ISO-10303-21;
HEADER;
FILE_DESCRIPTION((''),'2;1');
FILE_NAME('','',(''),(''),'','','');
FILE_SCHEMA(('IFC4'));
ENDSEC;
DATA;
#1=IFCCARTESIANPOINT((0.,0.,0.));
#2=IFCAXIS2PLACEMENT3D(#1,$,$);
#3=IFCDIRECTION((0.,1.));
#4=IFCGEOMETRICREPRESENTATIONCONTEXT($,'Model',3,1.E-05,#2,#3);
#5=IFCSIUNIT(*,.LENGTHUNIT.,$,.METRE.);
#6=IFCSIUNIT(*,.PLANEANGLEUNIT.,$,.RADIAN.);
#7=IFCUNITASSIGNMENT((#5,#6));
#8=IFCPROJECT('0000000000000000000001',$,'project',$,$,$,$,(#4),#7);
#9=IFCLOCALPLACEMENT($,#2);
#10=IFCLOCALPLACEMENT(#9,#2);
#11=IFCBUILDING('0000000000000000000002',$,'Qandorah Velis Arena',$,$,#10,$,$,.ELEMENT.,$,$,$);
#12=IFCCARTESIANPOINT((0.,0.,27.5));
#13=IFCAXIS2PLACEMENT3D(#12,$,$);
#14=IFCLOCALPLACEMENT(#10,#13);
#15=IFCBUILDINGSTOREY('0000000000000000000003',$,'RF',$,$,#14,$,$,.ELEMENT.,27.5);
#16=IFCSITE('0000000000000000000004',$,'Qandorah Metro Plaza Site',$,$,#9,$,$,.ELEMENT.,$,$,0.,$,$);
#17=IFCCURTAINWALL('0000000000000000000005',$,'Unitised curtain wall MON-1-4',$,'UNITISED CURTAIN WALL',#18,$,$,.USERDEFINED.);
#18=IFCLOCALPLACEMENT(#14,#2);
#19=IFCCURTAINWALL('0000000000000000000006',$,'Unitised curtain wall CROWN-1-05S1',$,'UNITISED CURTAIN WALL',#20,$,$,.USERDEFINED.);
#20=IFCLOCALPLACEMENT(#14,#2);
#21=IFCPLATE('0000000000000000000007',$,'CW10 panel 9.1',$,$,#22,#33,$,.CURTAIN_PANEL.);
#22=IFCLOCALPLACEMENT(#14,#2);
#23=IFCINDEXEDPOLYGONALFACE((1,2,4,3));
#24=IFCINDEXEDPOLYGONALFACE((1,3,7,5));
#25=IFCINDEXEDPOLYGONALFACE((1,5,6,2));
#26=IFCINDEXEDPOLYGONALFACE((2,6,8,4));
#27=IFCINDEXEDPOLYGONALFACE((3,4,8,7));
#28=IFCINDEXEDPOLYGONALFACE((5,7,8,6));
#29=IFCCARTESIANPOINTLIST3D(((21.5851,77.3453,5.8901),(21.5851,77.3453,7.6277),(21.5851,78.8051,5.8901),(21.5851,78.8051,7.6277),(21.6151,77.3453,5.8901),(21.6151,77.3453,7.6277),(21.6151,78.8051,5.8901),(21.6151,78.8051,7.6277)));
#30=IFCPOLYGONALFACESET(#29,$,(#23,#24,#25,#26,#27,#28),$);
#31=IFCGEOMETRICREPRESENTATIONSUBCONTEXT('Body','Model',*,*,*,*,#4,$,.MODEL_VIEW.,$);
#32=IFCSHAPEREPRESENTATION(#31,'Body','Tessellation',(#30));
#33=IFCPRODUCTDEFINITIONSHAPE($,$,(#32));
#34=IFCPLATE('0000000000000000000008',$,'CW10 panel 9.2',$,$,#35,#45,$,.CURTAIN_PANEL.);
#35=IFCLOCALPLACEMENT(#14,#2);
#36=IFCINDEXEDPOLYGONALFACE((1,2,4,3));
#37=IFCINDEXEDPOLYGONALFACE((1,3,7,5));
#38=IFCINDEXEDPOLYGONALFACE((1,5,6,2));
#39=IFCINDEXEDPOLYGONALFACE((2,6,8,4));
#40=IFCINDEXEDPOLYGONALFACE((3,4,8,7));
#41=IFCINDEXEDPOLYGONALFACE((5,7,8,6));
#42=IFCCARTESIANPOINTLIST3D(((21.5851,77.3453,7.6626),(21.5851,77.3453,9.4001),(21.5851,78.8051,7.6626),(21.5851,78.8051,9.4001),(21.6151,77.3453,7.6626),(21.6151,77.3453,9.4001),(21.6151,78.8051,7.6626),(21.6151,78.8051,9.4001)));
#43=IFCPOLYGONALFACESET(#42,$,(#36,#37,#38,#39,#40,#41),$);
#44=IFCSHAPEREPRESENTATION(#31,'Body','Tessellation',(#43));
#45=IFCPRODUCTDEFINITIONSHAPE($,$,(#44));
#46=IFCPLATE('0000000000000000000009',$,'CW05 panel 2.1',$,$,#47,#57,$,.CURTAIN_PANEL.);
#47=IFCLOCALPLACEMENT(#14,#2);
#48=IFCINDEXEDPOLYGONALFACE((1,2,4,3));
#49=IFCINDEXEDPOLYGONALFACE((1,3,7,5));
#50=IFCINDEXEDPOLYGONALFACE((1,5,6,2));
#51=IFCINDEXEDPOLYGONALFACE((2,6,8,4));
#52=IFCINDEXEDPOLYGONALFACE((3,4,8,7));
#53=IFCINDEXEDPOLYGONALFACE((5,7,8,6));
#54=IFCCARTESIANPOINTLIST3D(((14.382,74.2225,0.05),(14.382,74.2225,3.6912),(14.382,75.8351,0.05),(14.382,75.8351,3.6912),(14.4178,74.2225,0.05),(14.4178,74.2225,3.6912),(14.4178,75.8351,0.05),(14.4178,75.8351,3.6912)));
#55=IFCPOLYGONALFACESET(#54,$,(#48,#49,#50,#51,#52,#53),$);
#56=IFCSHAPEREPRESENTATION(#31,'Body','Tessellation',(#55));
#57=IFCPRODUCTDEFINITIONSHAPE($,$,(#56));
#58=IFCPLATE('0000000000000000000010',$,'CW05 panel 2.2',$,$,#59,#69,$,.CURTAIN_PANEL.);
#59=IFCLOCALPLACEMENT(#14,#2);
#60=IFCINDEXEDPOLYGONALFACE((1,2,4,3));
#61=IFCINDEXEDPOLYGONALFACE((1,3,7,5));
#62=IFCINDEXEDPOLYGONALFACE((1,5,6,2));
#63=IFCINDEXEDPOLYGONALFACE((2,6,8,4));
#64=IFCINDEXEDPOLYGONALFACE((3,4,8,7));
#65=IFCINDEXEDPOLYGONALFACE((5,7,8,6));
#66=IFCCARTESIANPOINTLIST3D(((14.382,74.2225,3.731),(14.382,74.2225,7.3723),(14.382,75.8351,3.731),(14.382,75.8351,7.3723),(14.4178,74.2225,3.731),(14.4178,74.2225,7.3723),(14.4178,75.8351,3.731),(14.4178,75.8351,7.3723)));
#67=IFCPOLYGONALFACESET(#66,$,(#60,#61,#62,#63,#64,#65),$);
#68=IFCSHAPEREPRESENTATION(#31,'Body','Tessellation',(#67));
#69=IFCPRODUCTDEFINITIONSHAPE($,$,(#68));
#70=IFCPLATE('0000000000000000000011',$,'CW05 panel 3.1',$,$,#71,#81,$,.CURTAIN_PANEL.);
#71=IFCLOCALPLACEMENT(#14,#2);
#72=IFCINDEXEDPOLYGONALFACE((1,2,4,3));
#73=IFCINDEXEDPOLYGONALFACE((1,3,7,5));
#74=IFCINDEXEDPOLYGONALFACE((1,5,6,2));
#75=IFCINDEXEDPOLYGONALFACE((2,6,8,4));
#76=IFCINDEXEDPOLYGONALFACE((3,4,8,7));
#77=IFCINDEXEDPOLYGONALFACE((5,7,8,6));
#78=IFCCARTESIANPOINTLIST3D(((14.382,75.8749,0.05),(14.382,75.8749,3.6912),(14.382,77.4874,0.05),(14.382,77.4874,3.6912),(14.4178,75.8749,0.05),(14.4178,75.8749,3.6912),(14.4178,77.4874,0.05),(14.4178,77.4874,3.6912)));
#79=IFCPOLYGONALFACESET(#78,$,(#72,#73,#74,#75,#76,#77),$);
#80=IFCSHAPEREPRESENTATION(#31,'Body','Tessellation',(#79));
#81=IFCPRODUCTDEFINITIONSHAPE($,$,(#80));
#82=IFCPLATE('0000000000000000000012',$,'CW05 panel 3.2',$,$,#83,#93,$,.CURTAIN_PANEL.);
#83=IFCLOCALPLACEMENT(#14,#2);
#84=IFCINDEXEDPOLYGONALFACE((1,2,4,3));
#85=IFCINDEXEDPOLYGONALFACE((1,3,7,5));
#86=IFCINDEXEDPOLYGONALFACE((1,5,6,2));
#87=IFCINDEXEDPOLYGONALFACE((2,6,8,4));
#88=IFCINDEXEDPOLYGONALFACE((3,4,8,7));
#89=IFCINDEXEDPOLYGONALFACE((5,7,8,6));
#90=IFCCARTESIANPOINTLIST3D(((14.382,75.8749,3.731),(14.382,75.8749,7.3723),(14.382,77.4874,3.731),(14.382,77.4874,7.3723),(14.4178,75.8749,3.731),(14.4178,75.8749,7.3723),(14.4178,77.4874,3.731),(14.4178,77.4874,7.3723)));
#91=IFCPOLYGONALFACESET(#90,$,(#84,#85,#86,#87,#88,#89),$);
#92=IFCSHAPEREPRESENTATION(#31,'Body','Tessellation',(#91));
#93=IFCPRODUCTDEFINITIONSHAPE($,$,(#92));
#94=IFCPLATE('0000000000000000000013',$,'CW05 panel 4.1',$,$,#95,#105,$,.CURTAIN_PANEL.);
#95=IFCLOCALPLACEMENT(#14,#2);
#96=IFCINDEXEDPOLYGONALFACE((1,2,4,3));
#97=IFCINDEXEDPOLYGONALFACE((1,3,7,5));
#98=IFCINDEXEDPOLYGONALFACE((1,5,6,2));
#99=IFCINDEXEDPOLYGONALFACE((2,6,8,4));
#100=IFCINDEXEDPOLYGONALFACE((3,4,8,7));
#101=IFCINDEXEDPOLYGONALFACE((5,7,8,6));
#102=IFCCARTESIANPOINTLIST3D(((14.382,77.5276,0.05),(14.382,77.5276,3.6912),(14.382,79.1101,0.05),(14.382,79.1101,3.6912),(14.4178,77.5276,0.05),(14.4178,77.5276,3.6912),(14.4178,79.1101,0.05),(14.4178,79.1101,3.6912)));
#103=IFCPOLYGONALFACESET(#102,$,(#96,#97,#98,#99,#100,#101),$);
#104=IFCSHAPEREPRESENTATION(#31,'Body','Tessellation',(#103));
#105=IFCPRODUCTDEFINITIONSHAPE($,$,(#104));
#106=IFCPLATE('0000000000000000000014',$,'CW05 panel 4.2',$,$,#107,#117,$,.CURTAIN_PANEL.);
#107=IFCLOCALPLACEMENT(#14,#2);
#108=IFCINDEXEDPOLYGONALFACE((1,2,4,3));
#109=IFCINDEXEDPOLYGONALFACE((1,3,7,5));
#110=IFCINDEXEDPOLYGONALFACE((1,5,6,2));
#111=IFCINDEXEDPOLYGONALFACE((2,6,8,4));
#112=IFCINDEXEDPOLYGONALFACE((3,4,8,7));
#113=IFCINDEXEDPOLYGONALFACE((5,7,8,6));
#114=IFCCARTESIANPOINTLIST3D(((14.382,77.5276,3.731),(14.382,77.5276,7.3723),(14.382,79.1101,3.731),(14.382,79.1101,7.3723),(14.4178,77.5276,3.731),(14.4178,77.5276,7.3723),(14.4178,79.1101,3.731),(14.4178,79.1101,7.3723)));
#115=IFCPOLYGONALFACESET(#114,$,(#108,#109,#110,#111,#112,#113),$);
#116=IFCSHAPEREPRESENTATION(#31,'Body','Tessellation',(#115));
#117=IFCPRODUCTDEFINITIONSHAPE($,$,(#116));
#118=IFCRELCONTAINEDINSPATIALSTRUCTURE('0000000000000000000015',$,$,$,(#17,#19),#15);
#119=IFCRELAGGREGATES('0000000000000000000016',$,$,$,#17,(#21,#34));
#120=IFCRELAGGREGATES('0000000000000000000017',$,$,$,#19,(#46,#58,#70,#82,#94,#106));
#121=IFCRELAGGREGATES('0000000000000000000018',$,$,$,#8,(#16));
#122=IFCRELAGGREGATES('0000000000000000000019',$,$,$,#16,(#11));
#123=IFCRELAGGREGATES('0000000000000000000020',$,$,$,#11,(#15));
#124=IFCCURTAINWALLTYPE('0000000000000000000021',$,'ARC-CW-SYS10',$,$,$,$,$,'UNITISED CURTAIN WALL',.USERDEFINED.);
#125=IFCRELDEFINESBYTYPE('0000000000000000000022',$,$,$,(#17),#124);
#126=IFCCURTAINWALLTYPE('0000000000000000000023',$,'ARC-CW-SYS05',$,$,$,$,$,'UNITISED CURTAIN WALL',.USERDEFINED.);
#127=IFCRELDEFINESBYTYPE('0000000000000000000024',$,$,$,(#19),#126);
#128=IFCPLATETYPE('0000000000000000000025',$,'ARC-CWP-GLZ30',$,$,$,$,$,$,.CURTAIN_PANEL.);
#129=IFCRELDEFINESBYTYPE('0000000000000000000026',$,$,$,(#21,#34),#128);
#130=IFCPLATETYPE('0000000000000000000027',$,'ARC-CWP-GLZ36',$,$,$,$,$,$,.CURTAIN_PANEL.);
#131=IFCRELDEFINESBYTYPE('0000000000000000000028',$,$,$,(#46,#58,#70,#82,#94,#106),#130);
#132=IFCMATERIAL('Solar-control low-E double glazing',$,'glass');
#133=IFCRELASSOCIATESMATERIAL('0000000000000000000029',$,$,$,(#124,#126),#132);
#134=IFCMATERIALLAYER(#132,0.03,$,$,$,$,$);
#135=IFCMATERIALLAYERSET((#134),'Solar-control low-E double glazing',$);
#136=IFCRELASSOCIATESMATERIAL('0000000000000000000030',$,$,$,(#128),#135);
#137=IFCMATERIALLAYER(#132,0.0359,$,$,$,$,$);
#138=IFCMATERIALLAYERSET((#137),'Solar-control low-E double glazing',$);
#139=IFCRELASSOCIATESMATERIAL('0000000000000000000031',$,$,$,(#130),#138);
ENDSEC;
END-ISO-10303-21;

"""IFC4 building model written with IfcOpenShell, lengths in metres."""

from ifc_helpers import new_model, si_unit, direction, frame, origin, origin_2d, place, context, subcontext, project, spatial, rectangle, extrude, material, layer, layer_set, type_object, element, aggregate, save


model = new_model("IFC4")

# Units and contexts
model_context = context("Model", 3, precision=1e-05, world=origin(), true_north=direction((0.0, 1.0)))
body_context = subcontext(model_context, "Body", "Model", "MODEL_VIEW")
ifc_project = project(units=[si_unit("LENGTHUNIT", "METRE"), si_unit("PLANEANGLEUNIT", "RADIAN")], contexts=[model_context])

# Site, building, storey
site_placement = place(None, origin())
site = spatial("IfcSite", under=ifc_project, at=site_placement, Name="Qandorah Metro Plaza Site", CompositionType="ELEMENT", RefElevation=0.0)
building_placement = place(site_placement, origin())
building = spatial("IfcBuilding", under=site, at=building_placement, Name="Qandorah Velis Arena", CompositionType="ELEMENT")
storey_placement = place(building_placement, frame((0.0, 0.0, 27.5)))
storey = spatial("IfcBuildingStorey", under=building, at=storey_placement, Name="RF", CompositionType="ELEMENT", Elevation=27.5)

# Curtain walls
ifc_material_1 = material(Name="Solar-control low-E double glazing", Category="glass")
curtain_wall_type_1 = type_object("IfcCurtainWallType", Name="ARC-CW-SYS10", ElementType="UNITISED CURTAIN WALL", PredefinedType="USERDEFINED", material=ifc_material_1)
curtain_wall_1_placement = place(storey_placement, origin())
curtain_wall_1 = element("IfcCurtainWall", 1, at=curtain_wall_1_placement, inside=storey, type_object=curtain_wall_type_1, Name="Unitised curtain wall MON-1-4", ObjectType="UNITISED CURTAIN WALL", PredefinedType="USERDEFINED")
curtain_wall_type_2 = type_object("IfcCurtainWallType", Name="ARC-CW-SYS05", ElementType="UNITISED CURTAIN WALL", PredefinedType="USERDEFINED", material=ifc_material_1)
curtain_wall_2_placement = place(storey_placement, origin())
curtain_wall_2 = element("IfcCurtainWall", 2, at=curtain_wall_2_placement, inside=storey, type_object=curtain_wall_type_2, Name="Unitised curtain wall CROWN-1-05S1", ObjectType="UNITISED CURTAIN WALL", PredefinedType="USERDEFINED")

# Plates
ifc_layer_1 = layer(ifc_material_1, 0.03)
ifc_layer_set_1 = layer_set([ifc_layer_1], Name="Solar-control low-E double glazing")
plate_type_1 = type_object("IfcPlateType", Name="ARC-CWP-GLZ30", PredefinedType="CURTAIN_PANEL", material=ifc_layer_set_1)
plate_1_placement = place(storey_placement, frame((21.6001, 78.0752, 5.8901), z_axis=(0.0, 0.0, 1.0), x_axis=(0.0, 1.0, 0.0)))
plate_1 = element("IfcPlate", 3, at=plate_1_placement, type_object=plate_type_1, Name="CW10 panel 9.1", PredefinedType="CURTAIN_PANEL", context=body_context, shape_type="SweptSolid", body=[
    extrude(rectangle(XDim=1.4597, YDim=0.03, at=origin_2d()), origin(), (0.0, 0.0, 1.0), 1.7375),
])
plate_2_placement = place(storey_placement, frame((21.6001, 78.0752, 7.6626), z_axis=(0.0, 0.0, 1.0), x_axis=(0.0, 1.0, 0.0)))
plate_2 = element("IfcPlate", 4, at=plate_2_placement, type_object=plate_type_1, Name="CW10 panel 9.2", PredefinedType="CURTAIN_PANEL", context=body_context, shape_type="SweptSolid", body=[
    extrude(rectangle(XDim=1.4597, YDim=0.03, at=origin_2d()), origin(), (0.0, 0.0, 1.0), 1.7375),
])
aggregate(curtain_wall_1, [plate_1, plate_2])
ifc_layer_2 = layer(ifc_material_1, 0.0359)
ifc_layer_set_2 = layer_set([ifc_layer_2], Name="Solar-control low-E double glazing")
plate_type_2 = type_object("IfcPlateType", Name="ARC-CWP-GLZ36", PredefinedType="CURTAIN_PANEL", material=ifc_layer_set_2)
plate_3_placement = place(storey_placement, frame((14.3999, 75.0288, 0.05), z_axis=(0.0, 0.0, 1.0), x_axis=(0.0, 1.0, 0.0)))
plate_3 = element("IfcPlate", 5, at=plate_3_placement, type_object=plate_type_2, Name="CW05 panel 2.1", PredefinedType="CURTAIN_PANEL", context=body_context, shape_type="SweptSolid", body=[
    extrude(rectangle(XDim=1.6125, YDim=0.0359, at=origin_2d()), origin(), (0.0, 0.0, 1.0), 3.6411),
])
plate_4_placement = place(storey_placement, frame((14.3999, 75.0288, 3.731), z_axis=(0.0, 0.0, 1.0), x_axis=(0.0, 1.0, 0.0)))
plate_4 = element("IfcPlate", 6, at=plate_4_placement, type_object=plate_type_2, Name="CW05 panel 2.2", PredefinedType="CURTAIN_PANEL", context=body_context, shape_type="SweptSolid", body=[
    extrude(rectangle(XDim=1.6125, YDim=0.0359, at=origin_2d()), origin(), (0.0, 0.0, 1.0), 3.6414),
])
plate_5_placement = place(storey_placement, frame((14.3999, 76.6812, 0.05), z_axis=(0.0, 0.0, 1.0), x_axis=(0.0, 1.0, 0.0)))
plate_5 = element("IfcPlate", 7, at=plate_5_placement, type_object=plate_type_2, Name="CW05 panel 3.1", PredefinedType="CURTAIN_PANEL", context=body_context, shape_type="SweptSolid", body=[
    extrude(rectangle(XDim=1.6125, YDim=0.0359, at=origin_2d()), origin(), (0.0, 0.0, 1.0), 3.6411),
])
plate_6_placement = place(storey_placement, frame((14.3999, 76.6812, 3.731), z_axis=(0.0, 0.0, 1.0), x_axis=(0.0, 1.0, 0.0)))
plate_6 = element("IfcPlate", 8, at=plate_6_placement, type_object=plate_type_2, Name="CW05 panel 3.2", PredefinedType="CURTAIN_PANEL", context=body_context, shape_type="SweptSolid", body=[
    extrude(rectangle(XDim=1.6125, YDim=0.0359, at=origin_2d()), origin(), (0.0, 0.0, 1.0), 3.6414),
])
plate_7_placement = place(storey_placement, frame((14.3999, 78.3188, 0.05), z_axis=(0.0, 0.0, 1.0), x_axis=(0.0, 1.0, 0.0)))
plate_7 = element("IfcPlate", 9, at=plate_7_placement, type_object=plate_type_2, Name="CW05 panel 4.1", PredefinedType="CURTAIN_PANEL", context=body_context, shape_type="SweptSolid", body=[
    extrude(rectangle(XDim=1.5825, YDim=0.0359, at=origin_2d()), origin(), (0.0, 0.0, 1.0), 3.6411),
])
plate_8_placement = place(storey_placement, frame((14.3999, 78.3188, 3.731), z_axis=(0.0, 0.0, 1.0), x_axis=(0.0, 1.0, 0.0)))
plate_8 = element("IfcPlate", 10, at=plate_8_placement, type_object=plate_type_2, Name="CW05 panel 4.2", PredefinedType="CURTAIN_PANEL", context=body_context, shape_type="SweptSolid", body=[
    extrude(rectangle(XDim=1.5825, YDim=0.0359, at=origin_2d()), origin(), (0.0, 0.0, 1.0), 3.6414),
])
aggregate(curtain_wall_2, [plate_3, plate_4, plate_5, plate_6, plate_7, plate_8])

save(model, "model.ifc")
